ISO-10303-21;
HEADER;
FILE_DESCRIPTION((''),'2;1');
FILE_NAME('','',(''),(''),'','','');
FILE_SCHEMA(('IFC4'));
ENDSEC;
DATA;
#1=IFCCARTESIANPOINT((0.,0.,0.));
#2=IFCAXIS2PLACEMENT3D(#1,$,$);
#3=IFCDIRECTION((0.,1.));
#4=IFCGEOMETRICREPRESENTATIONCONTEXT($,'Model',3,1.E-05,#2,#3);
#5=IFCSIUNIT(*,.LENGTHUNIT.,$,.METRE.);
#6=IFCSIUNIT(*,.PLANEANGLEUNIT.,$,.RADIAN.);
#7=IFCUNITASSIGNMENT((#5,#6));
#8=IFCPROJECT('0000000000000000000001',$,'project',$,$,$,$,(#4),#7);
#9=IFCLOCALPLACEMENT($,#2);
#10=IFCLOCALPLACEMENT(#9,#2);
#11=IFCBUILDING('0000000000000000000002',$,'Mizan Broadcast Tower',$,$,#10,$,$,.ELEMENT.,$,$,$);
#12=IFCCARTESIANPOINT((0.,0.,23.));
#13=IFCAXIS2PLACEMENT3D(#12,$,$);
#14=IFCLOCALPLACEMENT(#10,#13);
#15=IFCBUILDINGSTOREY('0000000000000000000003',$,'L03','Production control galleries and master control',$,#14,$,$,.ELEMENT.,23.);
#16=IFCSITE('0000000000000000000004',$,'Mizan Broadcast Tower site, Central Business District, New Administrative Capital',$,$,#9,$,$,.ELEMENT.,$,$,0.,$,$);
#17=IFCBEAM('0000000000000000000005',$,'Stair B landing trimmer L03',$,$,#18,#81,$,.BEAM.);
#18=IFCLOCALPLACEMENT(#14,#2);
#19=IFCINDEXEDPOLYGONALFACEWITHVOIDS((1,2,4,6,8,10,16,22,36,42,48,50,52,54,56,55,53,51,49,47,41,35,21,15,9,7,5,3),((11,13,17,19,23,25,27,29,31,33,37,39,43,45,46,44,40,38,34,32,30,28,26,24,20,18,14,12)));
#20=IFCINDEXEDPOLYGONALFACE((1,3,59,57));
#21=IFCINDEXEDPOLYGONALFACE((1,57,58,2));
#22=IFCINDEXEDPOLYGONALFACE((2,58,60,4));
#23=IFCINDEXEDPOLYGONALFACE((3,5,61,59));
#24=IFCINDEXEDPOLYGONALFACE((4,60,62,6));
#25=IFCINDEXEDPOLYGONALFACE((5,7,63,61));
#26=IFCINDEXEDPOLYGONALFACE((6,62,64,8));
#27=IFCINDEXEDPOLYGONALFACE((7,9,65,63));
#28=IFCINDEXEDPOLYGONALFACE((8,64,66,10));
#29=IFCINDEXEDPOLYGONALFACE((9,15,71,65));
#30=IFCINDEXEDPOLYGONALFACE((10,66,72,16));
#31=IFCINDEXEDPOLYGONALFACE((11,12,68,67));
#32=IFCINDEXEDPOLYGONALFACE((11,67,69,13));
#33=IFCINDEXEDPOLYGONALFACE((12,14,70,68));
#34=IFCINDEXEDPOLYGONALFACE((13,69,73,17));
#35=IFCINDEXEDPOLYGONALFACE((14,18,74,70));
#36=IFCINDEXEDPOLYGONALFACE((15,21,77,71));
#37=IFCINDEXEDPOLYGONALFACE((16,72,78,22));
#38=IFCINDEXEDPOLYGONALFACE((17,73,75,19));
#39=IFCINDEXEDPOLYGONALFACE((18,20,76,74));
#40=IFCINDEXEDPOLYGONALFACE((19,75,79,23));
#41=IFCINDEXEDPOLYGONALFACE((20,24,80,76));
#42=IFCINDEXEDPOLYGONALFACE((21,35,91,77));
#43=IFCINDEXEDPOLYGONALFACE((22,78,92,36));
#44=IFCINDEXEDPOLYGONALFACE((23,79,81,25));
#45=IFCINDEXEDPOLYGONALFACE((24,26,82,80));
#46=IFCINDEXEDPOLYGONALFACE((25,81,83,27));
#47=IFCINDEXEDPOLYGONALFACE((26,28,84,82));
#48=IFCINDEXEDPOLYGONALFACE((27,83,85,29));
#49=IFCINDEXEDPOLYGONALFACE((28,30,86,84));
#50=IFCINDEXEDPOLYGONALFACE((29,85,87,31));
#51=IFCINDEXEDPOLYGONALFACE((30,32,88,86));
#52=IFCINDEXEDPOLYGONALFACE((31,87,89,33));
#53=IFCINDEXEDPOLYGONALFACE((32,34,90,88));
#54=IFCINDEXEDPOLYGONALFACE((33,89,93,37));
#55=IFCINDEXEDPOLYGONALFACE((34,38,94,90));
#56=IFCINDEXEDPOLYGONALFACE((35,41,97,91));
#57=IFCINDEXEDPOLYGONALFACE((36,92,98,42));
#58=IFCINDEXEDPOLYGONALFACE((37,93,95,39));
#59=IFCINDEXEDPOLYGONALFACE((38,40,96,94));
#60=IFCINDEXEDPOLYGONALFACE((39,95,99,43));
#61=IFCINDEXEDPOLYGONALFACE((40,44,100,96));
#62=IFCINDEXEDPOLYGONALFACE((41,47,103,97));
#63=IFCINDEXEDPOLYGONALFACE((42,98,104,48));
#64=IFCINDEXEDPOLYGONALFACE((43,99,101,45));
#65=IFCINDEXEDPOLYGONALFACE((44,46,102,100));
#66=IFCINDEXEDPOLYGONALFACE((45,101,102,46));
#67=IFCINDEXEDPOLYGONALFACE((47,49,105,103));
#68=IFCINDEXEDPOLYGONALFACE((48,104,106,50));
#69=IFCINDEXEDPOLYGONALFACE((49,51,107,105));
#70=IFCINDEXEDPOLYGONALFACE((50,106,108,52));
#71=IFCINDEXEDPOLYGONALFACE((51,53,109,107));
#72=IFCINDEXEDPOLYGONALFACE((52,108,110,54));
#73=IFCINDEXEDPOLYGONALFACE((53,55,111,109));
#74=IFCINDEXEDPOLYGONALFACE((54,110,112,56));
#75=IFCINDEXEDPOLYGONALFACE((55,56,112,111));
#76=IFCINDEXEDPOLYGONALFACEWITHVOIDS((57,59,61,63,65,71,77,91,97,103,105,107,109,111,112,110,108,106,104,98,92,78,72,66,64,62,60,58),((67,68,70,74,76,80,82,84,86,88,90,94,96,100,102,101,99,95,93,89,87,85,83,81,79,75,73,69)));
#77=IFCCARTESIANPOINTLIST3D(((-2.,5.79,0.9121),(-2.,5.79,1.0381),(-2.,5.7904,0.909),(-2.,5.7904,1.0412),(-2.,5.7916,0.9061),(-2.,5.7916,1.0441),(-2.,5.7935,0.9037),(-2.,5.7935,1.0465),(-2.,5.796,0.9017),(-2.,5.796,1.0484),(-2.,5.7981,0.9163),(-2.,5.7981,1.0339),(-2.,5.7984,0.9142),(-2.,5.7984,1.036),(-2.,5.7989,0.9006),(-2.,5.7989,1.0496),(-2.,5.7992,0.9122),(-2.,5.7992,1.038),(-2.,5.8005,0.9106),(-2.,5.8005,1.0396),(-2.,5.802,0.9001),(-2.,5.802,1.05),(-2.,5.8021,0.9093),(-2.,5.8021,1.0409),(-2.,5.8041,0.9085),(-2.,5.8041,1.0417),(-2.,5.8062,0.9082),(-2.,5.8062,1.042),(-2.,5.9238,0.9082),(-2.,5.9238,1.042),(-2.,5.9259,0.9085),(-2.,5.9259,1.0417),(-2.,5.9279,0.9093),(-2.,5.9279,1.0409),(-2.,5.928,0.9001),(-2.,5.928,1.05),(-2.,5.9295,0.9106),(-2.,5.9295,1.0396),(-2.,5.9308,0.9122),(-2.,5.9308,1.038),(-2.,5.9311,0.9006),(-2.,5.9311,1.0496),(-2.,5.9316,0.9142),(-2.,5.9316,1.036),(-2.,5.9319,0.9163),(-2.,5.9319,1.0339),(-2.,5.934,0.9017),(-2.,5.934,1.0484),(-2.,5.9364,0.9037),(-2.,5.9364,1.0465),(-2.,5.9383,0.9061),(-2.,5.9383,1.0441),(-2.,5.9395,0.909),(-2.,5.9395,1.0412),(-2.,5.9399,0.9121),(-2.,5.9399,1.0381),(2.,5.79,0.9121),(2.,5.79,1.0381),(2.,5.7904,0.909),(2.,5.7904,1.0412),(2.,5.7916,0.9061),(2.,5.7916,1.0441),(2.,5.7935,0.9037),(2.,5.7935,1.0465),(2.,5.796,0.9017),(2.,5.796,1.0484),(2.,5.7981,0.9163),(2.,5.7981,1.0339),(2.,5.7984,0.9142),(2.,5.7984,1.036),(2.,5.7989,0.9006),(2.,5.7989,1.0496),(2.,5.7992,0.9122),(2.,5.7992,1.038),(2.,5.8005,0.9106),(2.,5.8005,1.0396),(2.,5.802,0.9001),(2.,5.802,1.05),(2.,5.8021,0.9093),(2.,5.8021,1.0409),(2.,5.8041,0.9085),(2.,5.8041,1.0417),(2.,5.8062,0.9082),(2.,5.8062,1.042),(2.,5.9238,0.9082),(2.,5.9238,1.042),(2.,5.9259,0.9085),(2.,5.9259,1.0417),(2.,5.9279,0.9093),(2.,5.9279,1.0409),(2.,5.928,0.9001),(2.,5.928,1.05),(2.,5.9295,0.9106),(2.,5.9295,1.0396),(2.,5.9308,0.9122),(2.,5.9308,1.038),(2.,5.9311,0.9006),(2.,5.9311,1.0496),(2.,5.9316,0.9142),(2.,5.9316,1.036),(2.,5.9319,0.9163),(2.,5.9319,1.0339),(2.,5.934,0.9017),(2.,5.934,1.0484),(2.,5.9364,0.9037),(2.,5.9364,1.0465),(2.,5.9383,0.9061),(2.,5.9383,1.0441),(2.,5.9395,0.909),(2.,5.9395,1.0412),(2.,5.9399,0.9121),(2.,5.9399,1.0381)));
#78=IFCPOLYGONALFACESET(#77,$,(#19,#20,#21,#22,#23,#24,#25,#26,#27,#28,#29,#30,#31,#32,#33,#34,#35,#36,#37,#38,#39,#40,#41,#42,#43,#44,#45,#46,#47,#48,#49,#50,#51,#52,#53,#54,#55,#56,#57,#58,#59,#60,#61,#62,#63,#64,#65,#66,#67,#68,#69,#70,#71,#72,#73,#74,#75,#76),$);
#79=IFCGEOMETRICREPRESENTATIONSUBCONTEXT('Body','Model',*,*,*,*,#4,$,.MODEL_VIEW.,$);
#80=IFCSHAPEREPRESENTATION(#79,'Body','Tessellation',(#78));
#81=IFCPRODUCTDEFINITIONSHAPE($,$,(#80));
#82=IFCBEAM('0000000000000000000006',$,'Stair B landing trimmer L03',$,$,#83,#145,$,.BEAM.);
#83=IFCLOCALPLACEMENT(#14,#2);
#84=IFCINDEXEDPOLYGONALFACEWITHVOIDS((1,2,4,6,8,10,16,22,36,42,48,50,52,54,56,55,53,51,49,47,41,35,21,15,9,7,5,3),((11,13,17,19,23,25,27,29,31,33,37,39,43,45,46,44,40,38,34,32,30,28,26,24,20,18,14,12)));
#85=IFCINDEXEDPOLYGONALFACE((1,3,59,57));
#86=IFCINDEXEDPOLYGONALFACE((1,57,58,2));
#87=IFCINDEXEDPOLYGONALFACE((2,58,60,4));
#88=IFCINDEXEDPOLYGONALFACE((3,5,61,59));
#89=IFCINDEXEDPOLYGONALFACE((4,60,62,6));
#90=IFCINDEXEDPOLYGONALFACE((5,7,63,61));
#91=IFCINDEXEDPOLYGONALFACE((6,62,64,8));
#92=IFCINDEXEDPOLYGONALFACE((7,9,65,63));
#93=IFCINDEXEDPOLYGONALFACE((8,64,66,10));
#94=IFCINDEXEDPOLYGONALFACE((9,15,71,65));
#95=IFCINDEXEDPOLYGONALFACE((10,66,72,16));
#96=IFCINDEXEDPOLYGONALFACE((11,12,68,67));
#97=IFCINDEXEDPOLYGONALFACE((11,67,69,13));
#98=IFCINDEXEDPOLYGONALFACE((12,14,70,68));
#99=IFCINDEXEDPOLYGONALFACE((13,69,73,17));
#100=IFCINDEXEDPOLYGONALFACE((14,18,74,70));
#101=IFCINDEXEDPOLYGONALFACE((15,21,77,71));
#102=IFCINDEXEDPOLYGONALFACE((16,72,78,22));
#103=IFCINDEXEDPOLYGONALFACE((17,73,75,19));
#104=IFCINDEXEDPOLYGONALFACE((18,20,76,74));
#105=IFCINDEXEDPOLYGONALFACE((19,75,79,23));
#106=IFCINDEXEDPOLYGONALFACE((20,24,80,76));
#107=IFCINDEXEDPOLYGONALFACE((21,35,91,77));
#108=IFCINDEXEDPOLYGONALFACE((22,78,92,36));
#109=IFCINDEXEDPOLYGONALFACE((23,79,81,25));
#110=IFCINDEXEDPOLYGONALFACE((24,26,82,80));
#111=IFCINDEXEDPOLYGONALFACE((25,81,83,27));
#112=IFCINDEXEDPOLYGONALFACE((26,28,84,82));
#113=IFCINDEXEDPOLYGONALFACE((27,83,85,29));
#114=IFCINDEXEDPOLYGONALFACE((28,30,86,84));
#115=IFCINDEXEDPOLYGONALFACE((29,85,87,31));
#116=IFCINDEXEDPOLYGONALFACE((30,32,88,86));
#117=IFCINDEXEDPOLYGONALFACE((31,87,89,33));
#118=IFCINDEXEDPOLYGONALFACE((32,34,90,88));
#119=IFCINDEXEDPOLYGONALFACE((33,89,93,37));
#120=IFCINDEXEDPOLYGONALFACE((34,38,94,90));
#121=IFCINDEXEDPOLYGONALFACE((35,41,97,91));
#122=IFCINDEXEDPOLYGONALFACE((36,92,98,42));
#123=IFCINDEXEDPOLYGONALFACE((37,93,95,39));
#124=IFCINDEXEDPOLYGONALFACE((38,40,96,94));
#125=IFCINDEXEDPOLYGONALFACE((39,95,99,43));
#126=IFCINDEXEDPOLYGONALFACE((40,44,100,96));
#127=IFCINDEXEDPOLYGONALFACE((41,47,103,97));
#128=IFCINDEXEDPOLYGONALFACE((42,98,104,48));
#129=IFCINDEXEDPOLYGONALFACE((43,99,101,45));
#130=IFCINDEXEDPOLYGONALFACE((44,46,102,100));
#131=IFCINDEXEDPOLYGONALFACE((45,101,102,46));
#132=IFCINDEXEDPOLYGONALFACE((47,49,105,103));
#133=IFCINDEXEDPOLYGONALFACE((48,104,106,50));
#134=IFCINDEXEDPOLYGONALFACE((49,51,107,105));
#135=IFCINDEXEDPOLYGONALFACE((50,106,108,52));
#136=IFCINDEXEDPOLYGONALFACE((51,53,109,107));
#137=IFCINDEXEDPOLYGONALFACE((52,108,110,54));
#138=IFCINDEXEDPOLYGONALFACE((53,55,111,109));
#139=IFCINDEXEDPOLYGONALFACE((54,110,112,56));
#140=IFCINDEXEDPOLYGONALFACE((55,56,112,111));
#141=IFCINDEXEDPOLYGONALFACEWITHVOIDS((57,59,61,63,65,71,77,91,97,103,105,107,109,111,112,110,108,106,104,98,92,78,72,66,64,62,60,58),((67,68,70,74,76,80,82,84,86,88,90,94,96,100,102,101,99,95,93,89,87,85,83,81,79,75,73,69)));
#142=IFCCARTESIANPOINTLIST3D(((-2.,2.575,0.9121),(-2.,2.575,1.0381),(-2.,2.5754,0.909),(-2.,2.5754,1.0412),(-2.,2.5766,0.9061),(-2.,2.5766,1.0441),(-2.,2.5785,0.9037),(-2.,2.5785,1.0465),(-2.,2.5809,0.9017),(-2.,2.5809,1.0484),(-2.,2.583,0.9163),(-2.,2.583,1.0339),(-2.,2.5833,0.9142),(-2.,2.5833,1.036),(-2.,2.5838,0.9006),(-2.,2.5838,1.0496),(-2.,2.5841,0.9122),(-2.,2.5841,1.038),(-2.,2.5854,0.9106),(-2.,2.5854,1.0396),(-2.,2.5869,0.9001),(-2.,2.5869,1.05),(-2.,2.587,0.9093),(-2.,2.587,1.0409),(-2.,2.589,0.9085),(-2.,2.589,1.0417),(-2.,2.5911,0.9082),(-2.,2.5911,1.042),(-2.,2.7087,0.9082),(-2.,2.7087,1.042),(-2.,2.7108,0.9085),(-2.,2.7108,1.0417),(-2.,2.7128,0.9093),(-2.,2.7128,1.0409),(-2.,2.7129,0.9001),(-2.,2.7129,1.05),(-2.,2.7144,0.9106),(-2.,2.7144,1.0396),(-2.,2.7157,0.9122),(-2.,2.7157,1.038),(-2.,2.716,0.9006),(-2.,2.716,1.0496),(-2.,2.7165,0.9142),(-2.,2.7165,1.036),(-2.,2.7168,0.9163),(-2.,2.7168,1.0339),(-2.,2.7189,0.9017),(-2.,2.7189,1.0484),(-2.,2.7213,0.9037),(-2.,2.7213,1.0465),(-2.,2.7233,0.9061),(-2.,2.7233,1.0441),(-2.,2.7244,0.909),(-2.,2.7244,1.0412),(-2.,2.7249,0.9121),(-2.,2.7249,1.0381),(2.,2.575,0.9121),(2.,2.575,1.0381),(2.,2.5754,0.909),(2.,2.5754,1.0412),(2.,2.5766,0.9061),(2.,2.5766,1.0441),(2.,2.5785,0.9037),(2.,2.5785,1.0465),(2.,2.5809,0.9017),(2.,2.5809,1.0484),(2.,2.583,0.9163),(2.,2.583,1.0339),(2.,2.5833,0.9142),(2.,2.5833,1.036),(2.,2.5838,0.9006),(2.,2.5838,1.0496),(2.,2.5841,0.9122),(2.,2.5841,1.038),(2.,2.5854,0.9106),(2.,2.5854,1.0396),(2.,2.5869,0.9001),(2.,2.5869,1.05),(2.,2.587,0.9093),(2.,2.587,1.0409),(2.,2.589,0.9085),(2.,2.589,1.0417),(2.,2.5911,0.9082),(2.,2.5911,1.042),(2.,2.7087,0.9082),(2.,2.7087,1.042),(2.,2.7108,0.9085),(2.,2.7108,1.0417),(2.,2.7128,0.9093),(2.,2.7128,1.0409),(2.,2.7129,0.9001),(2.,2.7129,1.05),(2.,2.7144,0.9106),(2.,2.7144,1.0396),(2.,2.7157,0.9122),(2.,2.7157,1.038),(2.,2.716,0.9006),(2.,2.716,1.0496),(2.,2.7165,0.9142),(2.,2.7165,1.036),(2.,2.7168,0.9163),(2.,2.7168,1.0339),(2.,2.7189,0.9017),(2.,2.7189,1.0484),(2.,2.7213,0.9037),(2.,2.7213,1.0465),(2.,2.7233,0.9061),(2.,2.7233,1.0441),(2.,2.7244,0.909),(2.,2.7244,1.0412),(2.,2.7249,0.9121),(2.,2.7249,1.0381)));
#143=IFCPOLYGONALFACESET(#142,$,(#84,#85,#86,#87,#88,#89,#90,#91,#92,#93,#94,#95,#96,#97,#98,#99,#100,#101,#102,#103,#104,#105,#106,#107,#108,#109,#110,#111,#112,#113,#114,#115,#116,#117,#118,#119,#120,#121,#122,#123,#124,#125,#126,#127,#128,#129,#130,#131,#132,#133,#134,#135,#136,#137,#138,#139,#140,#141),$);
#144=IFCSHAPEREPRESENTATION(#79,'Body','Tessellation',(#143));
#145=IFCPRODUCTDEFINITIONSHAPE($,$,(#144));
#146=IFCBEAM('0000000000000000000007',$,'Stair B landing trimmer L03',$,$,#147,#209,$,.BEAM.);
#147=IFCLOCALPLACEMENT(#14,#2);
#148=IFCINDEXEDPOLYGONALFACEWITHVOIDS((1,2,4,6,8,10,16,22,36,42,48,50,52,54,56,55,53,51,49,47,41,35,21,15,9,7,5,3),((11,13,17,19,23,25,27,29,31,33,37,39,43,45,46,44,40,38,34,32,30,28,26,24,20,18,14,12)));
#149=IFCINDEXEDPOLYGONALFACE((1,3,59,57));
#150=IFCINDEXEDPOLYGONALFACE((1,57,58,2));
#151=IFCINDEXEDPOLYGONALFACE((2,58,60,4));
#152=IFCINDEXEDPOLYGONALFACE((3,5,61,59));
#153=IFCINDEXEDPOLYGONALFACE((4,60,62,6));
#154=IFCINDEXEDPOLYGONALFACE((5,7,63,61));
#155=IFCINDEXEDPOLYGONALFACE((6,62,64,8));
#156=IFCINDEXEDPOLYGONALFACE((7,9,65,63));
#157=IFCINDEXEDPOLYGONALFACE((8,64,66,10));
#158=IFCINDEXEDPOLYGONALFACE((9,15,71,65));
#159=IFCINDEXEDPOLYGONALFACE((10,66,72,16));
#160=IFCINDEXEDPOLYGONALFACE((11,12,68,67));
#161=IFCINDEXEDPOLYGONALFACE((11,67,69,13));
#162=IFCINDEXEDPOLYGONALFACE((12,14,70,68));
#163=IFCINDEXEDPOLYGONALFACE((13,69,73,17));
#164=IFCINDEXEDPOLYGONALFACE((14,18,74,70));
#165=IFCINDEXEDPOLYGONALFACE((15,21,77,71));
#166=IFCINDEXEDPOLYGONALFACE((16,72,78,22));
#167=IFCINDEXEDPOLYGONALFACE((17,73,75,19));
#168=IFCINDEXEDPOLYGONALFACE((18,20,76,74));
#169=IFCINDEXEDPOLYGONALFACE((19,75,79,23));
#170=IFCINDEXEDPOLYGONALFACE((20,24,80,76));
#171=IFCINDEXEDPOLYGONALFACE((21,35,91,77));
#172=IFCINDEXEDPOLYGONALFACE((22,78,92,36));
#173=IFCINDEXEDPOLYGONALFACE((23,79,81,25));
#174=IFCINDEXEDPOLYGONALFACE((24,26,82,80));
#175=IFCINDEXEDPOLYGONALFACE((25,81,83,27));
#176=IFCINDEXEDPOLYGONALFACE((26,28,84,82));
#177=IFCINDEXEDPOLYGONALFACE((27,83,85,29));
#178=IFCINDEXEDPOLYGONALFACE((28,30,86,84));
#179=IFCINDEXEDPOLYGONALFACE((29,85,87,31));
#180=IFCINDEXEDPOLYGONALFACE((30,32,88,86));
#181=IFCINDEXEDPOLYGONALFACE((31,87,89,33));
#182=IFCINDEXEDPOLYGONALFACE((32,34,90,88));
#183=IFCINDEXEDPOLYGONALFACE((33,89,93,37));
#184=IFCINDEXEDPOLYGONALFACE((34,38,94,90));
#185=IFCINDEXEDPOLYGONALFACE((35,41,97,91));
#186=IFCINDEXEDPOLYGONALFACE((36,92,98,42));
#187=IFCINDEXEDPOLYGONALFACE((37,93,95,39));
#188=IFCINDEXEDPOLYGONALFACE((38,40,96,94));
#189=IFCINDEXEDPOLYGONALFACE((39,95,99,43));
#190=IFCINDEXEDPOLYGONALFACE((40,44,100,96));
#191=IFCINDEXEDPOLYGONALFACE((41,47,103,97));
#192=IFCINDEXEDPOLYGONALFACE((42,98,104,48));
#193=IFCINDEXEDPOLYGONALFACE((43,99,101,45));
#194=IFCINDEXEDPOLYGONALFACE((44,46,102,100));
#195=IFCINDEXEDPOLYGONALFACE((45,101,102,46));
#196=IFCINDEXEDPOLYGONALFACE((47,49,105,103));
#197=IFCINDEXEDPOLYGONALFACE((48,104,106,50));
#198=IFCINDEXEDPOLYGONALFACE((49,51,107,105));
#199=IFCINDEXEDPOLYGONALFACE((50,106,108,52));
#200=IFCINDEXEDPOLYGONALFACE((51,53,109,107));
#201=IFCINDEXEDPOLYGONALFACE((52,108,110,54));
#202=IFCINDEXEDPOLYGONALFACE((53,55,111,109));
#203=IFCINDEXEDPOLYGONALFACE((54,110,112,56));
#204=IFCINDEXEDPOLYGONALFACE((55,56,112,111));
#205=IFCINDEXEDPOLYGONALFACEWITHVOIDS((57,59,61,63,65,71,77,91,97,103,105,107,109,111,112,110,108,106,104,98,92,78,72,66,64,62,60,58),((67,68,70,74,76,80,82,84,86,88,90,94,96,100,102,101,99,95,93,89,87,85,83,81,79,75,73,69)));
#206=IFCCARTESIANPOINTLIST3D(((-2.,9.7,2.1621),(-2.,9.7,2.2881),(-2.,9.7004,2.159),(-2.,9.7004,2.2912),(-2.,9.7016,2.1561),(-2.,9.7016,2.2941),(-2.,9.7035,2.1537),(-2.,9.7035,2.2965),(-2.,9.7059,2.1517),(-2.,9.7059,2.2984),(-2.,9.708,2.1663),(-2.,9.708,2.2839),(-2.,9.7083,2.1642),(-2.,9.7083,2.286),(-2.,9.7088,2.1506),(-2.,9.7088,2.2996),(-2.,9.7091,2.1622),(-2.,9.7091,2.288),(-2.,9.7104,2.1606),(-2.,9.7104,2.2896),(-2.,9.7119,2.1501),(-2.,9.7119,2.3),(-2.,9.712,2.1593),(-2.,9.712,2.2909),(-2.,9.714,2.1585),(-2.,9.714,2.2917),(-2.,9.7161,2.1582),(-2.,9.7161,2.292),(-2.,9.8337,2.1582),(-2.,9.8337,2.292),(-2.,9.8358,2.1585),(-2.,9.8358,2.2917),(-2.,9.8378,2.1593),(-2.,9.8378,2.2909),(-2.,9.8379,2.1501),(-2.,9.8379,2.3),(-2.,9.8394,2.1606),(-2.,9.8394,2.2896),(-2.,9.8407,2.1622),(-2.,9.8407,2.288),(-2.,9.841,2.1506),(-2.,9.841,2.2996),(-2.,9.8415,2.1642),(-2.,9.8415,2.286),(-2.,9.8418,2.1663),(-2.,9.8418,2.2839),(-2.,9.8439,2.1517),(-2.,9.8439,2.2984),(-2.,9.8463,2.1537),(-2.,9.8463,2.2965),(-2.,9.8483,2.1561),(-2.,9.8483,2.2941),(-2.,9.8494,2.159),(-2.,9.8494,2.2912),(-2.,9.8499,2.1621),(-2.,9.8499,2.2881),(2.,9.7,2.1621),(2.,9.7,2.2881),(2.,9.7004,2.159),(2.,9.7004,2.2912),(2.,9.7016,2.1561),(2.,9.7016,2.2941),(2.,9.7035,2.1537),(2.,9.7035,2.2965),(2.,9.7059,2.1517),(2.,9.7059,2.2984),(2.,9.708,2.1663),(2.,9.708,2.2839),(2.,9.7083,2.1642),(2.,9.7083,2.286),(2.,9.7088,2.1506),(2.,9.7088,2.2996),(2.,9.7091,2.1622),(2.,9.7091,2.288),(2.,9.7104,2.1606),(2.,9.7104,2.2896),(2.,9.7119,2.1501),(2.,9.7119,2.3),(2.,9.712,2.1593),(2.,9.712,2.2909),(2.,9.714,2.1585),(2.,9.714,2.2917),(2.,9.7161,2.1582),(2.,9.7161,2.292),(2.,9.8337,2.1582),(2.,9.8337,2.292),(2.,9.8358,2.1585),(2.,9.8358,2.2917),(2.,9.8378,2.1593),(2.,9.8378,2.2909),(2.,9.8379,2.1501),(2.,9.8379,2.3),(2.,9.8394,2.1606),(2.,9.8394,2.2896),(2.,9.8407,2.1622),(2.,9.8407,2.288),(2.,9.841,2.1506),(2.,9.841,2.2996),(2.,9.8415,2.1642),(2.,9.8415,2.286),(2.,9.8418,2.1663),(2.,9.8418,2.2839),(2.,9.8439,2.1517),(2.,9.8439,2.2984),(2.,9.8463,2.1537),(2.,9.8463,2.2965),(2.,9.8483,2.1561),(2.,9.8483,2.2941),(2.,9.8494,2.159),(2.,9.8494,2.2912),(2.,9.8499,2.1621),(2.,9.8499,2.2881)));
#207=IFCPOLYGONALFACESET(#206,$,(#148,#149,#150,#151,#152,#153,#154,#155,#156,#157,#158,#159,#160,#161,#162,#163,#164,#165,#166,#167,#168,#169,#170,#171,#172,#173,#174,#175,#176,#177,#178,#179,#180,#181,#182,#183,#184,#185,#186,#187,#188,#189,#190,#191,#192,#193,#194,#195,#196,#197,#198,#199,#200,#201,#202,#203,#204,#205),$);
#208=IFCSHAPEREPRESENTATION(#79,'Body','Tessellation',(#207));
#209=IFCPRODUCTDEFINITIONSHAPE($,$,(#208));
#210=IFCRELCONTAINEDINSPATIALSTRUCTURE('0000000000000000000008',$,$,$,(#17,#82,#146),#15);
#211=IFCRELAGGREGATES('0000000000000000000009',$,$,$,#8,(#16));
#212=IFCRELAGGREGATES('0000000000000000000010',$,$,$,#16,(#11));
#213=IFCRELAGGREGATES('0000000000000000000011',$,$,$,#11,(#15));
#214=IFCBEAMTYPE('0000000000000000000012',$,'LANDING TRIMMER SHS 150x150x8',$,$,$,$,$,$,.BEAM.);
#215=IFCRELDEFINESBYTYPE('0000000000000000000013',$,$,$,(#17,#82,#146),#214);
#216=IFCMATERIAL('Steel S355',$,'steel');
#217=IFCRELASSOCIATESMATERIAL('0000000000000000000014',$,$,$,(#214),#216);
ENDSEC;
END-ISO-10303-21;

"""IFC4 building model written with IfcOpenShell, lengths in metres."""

from ifc_helpers import new_model, si_unit, direction, frame, origin, origin_2d, place, context, subcontext, project, spatial, hollow_rectangle, extrude, material, material_profile, profile_set, type_object, element, save


model = new_model("IFC4")

# Units and contexts
model_context = context("Model", 3, precision=1e-05, world=origin(), true_north=direction((0.0, 1.0)))
body_context = subcontext(model_context, "Body", "Model", "MODEL_VIEW")
ifc_project = project(units=[si_unit("LENGTHUNIT", "METRE"), si_unit("PLANEANGLEUNIT", "RADIAN")], contexts=[model_context])

# Site, building, storey
site_placement = place(None, origin())
site = spatial("IfcSite", under=ifc_project, at=site_placement, Name="Mizan Broadcast Tower site, Central Business District, New Administrative Capital", CompositionType="ELEMENT", RefElevation=0.0)
building_placement = place(site_placement, origin())
building = spatial("IfcBuilding", under=site, at=building_placement, Name="Mizan Broadcast Tower", CompositionType="ELEMENT")
storey_placement = place(building_placement, frame((0.0, 0.0, 23.0)))
storey = spatial("IfcBuildingStorey", under=building, at=storey_placement, Name="L03", Description="Production control galleries and master control", CompositionType="ELEMENT", Elevation=23.0)

# Beams
ifc_material_1 = material(Name="Steel S355", Category="steel")
ifc_material_profile_1 = material_profile(ifc_material_1, hollow_rectangle(XDim=0.1499, YDim=0.1499, WallThickness=0.0081, InnerFilletRadius=0.0081, OuterFilletRadius=0.012, at=origin_2d()), Name="SHS 150x150x8")
ifc_profile_set_1 = profile_set([ifc_material_profile_1], Name="Steel S355")
beam_type_1 = type_object("IfcBeamType", Name="LANDING TRIMMER SHS 150x150x8", PredefinedType="BEAM", material=ifc_profile_set_1)
for number, where, z_axis, x_axis, name in (
    (1, (2.0, 5.865, 0.9751), (-1.0, 0.0, 0.0), (0.0, -1.0, 0.0), "Stair B landing trimmer L03"),
    (2, (2.0, 2.6499, 0.9751), (-1.0, 0.0, 0.0), (0.0, -1.0, 0.0), "Stair B landing trimmer L03"),
    (3, (2.0, 9.7749, 2.2251), (-1.0, 0.0, 0.0), (0.0, -1.0, 0.0), "Stair B landing trimmer L03"),
):
    element("IfcBeam", number, at=place(storey_placement, frame(where, z_axis=z_axis, x_axis=x_axis)), inside=storey, type_object=beam_type_1, Name=name, PredefinedType="BEAM", context=body_context, shape_type="SweptSolid", body=[
        extrude(hollow_rectangle(XDim=0.1499, YDim=0.1499, WallThickness=0.0081, InnerFilletRadius=0.0081, OuterFilletRadius=0.012, at=origin_2d()), origin(), (0.0, 0.0, 1.0), 4.0),
    ])

save(model, "model.ifc")
